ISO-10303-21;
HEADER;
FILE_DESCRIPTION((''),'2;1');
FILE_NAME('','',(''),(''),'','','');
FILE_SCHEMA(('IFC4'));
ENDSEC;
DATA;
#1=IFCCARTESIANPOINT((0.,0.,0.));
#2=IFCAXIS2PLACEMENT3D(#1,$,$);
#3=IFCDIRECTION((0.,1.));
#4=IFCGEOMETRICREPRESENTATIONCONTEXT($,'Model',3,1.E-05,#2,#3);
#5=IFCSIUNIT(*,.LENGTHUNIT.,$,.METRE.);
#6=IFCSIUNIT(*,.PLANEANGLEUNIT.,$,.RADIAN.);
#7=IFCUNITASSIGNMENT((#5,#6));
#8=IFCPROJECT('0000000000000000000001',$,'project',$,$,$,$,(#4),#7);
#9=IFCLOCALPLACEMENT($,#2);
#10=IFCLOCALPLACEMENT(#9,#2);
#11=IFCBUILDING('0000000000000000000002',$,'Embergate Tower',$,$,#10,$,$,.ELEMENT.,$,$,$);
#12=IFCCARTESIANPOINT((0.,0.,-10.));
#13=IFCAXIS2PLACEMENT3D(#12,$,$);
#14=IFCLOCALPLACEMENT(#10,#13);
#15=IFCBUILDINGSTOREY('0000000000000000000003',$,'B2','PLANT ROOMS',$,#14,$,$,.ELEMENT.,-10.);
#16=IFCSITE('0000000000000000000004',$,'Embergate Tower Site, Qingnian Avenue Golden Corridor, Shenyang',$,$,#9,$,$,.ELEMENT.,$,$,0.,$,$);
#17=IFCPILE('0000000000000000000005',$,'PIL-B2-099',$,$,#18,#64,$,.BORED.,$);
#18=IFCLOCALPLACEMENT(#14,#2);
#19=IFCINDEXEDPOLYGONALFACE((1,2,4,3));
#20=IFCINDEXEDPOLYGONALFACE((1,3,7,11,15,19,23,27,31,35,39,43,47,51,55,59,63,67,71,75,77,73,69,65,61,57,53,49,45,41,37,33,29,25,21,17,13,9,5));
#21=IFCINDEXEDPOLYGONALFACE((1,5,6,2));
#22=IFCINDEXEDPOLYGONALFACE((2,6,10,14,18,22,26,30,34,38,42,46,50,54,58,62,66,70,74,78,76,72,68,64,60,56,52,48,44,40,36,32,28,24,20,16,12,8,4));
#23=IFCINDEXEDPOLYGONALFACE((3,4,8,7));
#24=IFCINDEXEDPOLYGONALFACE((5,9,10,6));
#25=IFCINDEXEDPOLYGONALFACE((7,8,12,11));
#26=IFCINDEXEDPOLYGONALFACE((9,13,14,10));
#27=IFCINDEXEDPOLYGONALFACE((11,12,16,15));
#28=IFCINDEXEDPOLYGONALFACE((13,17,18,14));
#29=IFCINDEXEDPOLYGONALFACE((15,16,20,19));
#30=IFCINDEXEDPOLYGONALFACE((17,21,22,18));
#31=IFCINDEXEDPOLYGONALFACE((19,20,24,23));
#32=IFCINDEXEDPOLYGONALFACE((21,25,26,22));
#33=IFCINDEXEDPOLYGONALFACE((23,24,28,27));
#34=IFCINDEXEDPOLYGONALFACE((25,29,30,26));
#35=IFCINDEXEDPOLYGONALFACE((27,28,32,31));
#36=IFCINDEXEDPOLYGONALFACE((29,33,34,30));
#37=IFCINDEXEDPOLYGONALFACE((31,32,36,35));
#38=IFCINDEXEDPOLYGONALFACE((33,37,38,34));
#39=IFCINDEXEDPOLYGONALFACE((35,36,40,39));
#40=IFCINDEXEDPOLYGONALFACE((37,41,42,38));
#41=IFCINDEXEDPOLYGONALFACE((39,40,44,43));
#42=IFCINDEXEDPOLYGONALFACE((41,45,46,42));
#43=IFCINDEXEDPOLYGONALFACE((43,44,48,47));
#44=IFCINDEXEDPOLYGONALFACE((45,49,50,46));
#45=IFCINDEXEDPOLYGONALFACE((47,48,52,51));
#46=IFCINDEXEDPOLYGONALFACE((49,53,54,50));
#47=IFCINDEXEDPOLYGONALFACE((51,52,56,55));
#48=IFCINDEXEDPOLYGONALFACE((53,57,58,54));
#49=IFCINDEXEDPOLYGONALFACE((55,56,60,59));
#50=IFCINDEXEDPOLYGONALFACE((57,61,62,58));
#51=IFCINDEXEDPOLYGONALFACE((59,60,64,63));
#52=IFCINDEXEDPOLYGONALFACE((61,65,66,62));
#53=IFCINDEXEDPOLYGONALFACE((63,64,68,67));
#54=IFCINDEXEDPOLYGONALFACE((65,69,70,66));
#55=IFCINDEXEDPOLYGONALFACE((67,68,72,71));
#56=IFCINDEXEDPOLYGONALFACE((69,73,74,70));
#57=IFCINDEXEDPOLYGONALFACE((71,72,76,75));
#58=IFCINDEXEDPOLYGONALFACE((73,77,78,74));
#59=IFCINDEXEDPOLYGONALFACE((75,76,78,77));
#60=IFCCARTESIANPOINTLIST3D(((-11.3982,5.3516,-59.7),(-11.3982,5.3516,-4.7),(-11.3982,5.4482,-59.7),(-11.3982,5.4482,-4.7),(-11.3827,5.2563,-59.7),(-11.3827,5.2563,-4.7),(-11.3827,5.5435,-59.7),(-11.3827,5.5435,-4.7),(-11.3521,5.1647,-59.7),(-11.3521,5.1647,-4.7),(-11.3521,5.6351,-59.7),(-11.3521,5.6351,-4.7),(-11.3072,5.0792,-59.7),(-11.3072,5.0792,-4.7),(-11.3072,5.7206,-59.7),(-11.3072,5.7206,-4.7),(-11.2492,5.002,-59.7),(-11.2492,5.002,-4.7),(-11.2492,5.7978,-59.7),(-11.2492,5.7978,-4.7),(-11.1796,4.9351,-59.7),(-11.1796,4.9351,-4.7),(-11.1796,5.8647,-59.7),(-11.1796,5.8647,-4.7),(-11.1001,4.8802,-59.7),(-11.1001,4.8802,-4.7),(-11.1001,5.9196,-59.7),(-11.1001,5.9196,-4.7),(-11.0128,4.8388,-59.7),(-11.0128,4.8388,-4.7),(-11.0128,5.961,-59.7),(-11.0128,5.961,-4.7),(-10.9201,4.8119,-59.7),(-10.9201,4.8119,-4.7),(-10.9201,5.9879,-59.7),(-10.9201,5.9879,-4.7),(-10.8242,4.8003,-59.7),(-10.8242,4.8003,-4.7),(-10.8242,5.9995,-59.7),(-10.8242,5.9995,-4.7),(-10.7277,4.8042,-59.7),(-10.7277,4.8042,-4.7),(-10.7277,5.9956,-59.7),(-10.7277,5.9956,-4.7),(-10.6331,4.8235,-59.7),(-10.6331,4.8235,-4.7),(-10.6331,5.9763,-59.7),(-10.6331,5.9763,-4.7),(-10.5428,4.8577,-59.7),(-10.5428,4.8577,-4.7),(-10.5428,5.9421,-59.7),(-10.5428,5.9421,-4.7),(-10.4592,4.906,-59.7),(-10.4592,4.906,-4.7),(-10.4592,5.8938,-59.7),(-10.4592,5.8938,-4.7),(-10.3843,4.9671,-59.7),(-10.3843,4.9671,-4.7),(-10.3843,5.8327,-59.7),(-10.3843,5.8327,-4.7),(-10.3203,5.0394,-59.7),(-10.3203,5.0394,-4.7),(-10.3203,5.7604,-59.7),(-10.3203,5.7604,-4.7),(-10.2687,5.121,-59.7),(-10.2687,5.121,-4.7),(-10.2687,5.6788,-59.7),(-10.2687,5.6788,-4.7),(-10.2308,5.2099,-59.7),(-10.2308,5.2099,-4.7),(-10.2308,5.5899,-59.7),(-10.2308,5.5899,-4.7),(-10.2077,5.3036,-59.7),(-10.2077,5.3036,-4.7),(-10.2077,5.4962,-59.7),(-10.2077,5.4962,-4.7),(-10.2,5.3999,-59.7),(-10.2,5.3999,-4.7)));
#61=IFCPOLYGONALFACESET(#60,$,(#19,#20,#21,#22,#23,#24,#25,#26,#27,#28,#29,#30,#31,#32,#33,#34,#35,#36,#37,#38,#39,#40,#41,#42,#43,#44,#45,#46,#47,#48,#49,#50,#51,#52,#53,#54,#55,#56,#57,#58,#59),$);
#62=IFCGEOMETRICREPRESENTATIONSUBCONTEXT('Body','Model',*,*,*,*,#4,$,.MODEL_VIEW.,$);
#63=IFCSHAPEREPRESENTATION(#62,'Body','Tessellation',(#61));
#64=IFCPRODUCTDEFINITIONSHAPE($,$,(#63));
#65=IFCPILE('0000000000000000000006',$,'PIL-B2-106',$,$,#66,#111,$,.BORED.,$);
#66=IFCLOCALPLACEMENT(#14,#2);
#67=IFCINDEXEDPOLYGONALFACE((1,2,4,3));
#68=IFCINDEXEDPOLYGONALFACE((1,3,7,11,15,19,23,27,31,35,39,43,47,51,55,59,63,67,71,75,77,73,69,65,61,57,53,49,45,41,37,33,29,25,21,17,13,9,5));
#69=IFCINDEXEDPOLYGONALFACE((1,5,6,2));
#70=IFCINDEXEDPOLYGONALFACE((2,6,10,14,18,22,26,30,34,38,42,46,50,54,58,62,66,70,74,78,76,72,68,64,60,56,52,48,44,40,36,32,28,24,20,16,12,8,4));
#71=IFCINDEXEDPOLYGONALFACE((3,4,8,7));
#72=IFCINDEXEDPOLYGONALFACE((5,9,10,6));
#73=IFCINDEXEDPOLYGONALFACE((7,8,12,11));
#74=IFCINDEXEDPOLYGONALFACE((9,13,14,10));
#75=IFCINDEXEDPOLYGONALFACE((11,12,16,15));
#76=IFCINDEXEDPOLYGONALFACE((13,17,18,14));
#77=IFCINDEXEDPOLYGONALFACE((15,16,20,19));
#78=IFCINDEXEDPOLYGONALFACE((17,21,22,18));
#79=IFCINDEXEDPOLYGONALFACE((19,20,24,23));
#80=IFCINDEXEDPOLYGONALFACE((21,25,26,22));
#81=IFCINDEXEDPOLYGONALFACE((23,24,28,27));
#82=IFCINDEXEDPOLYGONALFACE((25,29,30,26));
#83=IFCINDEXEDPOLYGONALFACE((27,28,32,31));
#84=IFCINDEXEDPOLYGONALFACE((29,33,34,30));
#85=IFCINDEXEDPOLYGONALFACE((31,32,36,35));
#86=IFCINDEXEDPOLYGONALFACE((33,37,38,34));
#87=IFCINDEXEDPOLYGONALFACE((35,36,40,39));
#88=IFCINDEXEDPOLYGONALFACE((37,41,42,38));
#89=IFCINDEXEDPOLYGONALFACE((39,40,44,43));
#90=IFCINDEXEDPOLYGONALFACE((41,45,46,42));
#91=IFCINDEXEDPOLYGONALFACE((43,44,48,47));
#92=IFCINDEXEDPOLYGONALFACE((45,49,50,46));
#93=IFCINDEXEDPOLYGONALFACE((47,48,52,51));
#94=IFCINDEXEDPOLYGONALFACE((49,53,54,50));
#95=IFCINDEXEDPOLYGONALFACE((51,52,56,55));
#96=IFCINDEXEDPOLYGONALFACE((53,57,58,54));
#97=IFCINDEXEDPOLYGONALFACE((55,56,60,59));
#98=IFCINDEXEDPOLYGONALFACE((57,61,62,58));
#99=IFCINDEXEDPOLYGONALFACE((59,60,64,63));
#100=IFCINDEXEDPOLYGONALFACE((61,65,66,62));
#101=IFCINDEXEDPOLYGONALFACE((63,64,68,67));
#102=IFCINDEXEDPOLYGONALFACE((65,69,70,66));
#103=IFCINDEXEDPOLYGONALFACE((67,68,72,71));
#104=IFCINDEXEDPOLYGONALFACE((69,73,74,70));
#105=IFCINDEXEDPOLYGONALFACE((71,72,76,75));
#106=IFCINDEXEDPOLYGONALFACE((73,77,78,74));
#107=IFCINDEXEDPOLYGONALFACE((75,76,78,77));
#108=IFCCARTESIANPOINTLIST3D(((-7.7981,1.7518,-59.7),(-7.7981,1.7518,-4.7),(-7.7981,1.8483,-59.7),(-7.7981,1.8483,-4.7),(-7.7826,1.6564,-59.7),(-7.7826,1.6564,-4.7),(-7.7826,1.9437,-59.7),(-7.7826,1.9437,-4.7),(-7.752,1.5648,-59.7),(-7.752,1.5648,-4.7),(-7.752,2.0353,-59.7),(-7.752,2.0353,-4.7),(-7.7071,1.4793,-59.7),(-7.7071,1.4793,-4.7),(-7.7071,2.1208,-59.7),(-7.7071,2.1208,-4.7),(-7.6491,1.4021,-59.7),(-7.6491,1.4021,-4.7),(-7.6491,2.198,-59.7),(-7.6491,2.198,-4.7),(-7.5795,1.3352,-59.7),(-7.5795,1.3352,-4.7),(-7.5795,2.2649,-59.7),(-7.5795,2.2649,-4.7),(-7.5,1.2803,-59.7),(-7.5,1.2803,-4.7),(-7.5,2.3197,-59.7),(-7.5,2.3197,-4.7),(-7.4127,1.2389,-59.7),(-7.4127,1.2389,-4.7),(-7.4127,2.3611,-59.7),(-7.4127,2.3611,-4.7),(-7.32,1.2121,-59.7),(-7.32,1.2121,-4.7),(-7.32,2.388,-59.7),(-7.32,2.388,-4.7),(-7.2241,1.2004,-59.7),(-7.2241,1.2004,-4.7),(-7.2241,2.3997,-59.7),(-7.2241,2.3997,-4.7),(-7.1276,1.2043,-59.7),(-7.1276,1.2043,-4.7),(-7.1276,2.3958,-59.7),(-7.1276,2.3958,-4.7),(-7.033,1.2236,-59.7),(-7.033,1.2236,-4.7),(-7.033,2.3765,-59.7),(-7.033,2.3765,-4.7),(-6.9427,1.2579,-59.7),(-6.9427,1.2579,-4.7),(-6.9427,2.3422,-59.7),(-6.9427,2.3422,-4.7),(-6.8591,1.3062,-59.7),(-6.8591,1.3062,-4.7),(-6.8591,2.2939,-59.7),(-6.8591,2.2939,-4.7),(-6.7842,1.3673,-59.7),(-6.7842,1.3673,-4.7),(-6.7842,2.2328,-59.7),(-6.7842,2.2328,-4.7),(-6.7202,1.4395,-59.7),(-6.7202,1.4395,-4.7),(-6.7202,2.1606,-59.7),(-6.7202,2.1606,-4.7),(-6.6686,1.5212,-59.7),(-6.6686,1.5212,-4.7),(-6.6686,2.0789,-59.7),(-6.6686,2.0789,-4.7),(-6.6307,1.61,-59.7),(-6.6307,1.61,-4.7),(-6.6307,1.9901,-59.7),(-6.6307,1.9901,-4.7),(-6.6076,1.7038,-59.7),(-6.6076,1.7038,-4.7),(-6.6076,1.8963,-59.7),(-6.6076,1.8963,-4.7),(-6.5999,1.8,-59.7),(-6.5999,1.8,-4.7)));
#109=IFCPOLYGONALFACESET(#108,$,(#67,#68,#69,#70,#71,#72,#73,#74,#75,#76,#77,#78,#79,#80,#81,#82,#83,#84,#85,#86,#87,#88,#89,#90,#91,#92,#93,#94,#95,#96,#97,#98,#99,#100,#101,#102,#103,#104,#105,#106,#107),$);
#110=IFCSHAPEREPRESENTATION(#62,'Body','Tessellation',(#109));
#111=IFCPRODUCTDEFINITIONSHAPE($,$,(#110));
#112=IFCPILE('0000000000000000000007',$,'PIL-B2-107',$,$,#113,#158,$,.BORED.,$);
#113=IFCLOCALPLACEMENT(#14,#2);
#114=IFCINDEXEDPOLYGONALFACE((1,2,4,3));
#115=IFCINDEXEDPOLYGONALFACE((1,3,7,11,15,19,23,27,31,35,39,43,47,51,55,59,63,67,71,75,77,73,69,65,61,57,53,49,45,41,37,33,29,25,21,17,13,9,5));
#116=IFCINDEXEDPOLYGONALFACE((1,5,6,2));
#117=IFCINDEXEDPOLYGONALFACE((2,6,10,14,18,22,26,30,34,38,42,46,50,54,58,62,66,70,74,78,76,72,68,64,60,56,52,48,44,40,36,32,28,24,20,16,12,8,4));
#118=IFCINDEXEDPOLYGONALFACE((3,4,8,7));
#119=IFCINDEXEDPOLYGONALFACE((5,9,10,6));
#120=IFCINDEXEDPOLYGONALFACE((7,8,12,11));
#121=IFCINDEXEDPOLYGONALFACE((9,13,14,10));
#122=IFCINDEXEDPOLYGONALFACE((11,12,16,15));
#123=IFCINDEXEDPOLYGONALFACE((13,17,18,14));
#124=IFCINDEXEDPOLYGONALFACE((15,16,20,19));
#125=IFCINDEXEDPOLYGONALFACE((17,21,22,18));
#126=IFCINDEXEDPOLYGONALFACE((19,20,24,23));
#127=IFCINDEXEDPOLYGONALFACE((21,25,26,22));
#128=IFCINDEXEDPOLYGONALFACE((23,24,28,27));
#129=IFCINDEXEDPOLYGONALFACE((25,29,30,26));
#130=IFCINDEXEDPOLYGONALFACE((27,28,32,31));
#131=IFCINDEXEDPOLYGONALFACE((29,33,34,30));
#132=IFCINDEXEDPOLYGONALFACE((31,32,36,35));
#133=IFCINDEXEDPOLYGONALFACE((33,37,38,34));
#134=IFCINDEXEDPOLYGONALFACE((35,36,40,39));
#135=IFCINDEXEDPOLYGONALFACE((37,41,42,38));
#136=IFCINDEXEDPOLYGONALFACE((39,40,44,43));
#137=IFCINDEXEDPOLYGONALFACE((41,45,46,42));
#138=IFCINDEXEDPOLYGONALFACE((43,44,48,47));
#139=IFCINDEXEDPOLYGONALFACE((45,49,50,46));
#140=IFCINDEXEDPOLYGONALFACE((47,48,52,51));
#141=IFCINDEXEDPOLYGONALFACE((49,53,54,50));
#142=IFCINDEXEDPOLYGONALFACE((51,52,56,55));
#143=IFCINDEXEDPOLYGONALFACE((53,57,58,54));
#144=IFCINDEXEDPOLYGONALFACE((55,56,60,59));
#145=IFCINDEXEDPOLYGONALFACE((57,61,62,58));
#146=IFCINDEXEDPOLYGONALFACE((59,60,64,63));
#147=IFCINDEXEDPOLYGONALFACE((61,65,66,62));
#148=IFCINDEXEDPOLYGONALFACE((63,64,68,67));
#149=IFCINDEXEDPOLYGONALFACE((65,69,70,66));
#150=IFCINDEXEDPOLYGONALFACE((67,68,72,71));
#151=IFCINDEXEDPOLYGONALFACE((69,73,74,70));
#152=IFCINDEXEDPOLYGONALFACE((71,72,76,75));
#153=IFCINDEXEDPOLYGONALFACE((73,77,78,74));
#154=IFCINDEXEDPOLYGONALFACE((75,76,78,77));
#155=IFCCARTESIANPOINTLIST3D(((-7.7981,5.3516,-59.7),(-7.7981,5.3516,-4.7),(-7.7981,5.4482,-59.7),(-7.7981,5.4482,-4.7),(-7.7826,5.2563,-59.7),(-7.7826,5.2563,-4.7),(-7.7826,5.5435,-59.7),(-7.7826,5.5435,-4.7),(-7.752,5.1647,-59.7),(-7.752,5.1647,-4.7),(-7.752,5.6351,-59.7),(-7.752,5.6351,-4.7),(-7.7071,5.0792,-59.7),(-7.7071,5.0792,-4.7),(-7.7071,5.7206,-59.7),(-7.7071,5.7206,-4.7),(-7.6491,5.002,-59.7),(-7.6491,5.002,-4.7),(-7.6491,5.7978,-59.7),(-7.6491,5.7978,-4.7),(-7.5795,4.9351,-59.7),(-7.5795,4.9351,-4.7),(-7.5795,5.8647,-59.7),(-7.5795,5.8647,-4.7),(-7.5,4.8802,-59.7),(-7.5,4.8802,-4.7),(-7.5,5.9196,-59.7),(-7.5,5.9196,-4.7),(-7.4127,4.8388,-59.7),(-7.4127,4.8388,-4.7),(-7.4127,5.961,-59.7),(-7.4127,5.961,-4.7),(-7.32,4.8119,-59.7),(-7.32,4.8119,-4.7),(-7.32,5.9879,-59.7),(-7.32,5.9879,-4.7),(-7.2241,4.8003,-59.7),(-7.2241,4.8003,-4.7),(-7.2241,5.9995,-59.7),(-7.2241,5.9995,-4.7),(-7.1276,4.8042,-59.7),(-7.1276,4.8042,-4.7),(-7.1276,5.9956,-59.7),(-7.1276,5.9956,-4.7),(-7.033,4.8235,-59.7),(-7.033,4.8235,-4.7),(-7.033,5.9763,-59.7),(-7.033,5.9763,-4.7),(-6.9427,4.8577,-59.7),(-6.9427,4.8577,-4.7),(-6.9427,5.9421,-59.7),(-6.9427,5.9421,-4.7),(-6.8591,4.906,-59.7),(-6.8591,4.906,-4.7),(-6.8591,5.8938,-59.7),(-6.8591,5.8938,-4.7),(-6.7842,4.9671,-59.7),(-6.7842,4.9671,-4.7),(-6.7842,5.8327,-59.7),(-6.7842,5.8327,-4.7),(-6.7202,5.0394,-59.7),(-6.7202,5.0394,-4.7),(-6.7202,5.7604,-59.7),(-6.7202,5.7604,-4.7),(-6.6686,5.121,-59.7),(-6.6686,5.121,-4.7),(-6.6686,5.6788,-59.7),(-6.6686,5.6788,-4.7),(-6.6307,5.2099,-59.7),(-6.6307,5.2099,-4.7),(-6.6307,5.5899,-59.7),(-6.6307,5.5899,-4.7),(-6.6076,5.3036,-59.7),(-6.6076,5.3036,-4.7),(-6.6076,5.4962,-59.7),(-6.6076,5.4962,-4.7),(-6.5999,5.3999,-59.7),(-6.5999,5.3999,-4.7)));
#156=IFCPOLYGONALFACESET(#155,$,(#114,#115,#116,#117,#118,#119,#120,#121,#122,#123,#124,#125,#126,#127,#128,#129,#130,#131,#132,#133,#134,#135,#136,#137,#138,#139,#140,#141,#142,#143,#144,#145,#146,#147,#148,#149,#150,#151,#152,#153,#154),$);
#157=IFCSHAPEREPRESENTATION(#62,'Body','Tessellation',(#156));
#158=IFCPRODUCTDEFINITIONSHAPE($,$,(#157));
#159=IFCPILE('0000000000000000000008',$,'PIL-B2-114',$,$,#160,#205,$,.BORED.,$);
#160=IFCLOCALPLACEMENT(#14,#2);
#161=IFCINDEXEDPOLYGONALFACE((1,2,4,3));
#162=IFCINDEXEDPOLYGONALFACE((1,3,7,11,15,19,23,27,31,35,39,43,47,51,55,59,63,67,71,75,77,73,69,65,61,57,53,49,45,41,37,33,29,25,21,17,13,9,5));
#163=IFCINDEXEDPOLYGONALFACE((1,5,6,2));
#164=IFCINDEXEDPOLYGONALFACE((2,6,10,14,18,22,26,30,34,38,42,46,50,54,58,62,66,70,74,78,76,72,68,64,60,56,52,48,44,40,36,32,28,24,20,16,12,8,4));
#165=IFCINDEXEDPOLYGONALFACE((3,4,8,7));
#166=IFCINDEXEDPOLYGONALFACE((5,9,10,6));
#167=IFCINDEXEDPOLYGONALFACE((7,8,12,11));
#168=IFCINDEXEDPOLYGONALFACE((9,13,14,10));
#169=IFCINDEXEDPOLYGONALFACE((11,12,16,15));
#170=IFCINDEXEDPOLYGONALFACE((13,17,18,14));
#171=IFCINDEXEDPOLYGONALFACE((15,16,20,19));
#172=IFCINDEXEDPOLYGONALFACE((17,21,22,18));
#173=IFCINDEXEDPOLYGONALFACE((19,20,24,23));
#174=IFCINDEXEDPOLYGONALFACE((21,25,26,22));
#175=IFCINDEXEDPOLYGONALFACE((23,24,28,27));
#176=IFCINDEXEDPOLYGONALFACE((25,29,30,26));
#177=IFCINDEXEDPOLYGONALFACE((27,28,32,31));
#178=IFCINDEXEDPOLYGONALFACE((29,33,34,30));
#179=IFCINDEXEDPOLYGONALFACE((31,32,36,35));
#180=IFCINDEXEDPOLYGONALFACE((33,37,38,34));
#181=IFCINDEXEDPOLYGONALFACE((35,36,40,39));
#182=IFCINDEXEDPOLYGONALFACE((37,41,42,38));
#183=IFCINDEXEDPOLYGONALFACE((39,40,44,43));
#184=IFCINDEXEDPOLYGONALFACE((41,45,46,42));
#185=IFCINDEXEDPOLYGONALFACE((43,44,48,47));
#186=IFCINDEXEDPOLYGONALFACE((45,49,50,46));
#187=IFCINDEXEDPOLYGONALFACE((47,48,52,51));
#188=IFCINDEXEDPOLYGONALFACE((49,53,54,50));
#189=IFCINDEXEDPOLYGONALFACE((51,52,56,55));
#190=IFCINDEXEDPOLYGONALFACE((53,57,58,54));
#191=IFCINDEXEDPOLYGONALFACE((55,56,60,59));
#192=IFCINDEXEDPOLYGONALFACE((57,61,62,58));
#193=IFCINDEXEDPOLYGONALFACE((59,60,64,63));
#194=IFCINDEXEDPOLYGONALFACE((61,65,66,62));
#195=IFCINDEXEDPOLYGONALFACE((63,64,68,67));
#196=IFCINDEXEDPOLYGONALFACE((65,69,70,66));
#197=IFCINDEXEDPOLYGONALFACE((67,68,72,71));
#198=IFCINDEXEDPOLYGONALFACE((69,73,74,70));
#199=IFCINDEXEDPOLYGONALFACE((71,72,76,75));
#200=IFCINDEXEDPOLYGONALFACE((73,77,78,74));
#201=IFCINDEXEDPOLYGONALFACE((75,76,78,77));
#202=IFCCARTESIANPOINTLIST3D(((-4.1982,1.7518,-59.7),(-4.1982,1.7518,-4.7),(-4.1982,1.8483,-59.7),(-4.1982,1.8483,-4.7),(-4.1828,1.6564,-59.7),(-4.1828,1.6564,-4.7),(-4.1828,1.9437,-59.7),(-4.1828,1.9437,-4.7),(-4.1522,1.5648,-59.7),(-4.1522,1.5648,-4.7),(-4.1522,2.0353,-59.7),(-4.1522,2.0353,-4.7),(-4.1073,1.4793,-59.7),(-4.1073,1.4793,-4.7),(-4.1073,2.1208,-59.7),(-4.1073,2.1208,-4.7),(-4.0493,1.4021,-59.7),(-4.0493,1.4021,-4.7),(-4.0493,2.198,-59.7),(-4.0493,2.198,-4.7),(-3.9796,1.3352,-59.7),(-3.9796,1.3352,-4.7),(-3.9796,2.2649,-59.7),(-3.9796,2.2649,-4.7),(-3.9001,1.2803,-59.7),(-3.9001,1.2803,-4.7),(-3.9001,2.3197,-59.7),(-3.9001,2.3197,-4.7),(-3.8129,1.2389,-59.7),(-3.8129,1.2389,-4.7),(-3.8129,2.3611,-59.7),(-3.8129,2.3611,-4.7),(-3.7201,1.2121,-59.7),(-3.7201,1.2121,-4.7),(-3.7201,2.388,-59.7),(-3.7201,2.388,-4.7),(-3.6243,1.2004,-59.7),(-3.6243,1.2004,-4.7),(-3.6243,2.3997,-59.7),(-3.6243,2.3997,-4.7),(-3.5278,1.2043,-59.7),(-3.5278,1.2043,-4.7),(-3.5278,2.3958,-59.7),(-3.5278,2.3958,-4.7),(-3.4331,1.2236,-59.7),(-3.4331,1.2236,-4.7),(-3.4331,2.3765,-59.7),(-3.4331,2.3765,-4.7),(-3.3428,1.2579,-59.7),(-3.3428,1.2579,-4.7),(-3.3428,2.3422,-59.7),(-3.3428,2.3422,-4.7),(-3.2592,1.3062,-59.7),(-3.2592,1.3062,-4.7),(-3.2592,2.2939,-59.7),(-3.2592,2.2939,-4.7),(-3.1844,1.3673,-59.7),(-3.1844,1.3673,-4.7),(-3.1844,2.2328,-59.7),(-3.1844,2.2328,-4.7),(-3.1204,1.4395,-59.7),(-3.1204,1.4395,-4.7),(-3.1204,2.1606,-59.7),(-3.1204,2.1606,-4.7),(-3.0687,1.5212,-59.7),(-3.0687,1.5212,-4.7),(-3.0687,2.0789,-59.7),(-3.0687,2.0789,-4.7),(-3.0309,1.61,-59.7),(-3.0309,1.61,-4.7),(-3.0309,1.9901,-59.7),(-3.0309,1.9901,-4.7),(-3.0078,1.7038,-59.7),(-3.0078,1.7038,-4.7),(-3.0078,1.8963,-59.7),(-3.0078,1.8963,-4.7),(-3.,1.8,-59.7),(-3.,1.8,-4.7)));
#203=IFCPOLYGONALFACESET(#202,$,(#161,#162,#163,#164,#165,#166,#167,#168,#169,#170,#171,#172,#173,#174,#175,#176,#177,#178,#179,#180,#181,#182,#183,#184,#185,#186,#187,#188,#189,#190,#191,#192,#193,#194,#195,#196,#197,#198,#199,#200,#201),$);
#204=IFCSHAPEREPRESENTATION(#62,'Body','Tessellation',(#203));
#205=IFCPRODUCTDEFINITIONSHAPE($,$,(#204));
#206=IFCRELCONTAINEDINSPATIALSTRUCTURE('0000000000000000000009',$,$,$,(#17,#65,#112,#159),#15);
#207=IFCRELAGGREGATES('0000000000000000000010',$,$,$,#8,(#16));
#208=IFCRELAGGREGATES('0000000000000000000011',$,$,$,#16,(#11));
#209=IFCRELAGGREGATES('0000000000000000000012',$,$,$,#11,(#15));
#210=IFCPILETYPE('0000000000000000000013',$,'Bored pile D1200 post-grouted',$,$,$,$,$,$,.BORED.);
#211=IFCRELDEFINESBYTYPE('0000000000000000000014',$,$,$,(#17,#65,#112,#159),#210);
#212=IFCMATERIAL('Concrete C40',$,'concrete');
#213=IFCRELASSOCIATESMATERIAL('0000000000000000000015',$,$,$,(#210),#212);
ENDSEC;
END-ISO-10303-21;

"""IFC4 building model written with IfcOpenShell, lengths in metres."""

from ifc_helpers import new_model, si_unit, direction, frame, origin, origin_2d, place, context, subcontext, project, spatial, circle, extrude, source, transform, mapped, material, material_profile, profile_set, type_object, element, save


model = new_model("IFC4")

# Units and contexts
model_context = context("Model", 3, precision=1e-05, world=origin(), true_north=direction((0.0, 1.0)))
body_context = subcontext(model_context, "Body", "Model", "MODEL_VIEW")
ifc_project = project(units=[si_unit("LENGTHUNIT", "METRE"), si_unit("PLANEANGLEUNIT", "RADIAN")], contexts=[model_context])

# Site, building, storey
site_placement = place(None, origin())
site = spatial("IfcSite", under=ifc_project, at=site_placement, Name="Embergate Tower Site, Qingnian Avenue Golden Corridor, Shenyang", CompositionType="ELEMENT", RefElevation=0.0)
building_placement = place(site_placement, origin())
building = spatial("IfcBuilding", under=site, at=building_placement, Name="Embergate Tower", CompositionType="ELEMENT")
storey_placement = place(building_placement, frame((0.0, 0.0, -10.0)))
storey = spatial("IfcBuildingStorey", under=building, at=storey_placement, Name="B2", Description="PLANT ROOMS", CompositionType="ELEMENT", Elevation=-10.0)

# Piles
ifc_material_1 = material(Name="Concrete C40", Category="concrete")
ifc_material_profile = material_profile(ifc_material_1, circle(Radius=0.6001, at=origin_2d()), Name="D1200")
ifc_profile_set = profile_set([ifc_material_profile], Name="Concrete C40")
pile_type = type_object("IfcPileType", Name="Bored pile D1200 post-grouted", PredefinedType="BORED", material=ifc_profile_set)
shared_shape_1 = source(origin(), body_context, "Body", "SweptSolid", [
    extrude(circle(Radius=0.6001, at=origin_2d()), origin(), (0.0, 0.0, 1.0), 55.0),
])
for number, where, z_axis, x_axis, name in (
    (1, (-10.8, 5.3999, -4.7), (0.0, 0.0, -1.0), (1.0, 0.0, 0.0), "PIL-B2-099"),
    (2, (-7.2, 1.8, -4.7), (0.0, 0.0, -1.0), (1.0, 0.0, 0.0), "PIL-B2-106"),
    (3, (-7.2, 5.3999, -4.7), (0.0, 0.0, -1.0), (1.0, 0.0, 0.0), "PIL-B2-107"),
    (4, (-3.6001, 1.8, -4.7), (0.0, 0.0, -1.0), (1.0, 0.0, 0.0), "PIL-B2-114"),
):
    element("IfcPile", number, at=place(storey_placement, frame(where, z_axis=z_axis, x_axis=x_axis)), inside=storey, type_object=pile_type, Name=name, PredefinedType="BORED", context=body_context, shape_type="MappedRepresentation", body=[
        mapped(shared_shape_1, transform((0.0, 0.0, 0.0))),
    ])

save(model, "model.ifc")
